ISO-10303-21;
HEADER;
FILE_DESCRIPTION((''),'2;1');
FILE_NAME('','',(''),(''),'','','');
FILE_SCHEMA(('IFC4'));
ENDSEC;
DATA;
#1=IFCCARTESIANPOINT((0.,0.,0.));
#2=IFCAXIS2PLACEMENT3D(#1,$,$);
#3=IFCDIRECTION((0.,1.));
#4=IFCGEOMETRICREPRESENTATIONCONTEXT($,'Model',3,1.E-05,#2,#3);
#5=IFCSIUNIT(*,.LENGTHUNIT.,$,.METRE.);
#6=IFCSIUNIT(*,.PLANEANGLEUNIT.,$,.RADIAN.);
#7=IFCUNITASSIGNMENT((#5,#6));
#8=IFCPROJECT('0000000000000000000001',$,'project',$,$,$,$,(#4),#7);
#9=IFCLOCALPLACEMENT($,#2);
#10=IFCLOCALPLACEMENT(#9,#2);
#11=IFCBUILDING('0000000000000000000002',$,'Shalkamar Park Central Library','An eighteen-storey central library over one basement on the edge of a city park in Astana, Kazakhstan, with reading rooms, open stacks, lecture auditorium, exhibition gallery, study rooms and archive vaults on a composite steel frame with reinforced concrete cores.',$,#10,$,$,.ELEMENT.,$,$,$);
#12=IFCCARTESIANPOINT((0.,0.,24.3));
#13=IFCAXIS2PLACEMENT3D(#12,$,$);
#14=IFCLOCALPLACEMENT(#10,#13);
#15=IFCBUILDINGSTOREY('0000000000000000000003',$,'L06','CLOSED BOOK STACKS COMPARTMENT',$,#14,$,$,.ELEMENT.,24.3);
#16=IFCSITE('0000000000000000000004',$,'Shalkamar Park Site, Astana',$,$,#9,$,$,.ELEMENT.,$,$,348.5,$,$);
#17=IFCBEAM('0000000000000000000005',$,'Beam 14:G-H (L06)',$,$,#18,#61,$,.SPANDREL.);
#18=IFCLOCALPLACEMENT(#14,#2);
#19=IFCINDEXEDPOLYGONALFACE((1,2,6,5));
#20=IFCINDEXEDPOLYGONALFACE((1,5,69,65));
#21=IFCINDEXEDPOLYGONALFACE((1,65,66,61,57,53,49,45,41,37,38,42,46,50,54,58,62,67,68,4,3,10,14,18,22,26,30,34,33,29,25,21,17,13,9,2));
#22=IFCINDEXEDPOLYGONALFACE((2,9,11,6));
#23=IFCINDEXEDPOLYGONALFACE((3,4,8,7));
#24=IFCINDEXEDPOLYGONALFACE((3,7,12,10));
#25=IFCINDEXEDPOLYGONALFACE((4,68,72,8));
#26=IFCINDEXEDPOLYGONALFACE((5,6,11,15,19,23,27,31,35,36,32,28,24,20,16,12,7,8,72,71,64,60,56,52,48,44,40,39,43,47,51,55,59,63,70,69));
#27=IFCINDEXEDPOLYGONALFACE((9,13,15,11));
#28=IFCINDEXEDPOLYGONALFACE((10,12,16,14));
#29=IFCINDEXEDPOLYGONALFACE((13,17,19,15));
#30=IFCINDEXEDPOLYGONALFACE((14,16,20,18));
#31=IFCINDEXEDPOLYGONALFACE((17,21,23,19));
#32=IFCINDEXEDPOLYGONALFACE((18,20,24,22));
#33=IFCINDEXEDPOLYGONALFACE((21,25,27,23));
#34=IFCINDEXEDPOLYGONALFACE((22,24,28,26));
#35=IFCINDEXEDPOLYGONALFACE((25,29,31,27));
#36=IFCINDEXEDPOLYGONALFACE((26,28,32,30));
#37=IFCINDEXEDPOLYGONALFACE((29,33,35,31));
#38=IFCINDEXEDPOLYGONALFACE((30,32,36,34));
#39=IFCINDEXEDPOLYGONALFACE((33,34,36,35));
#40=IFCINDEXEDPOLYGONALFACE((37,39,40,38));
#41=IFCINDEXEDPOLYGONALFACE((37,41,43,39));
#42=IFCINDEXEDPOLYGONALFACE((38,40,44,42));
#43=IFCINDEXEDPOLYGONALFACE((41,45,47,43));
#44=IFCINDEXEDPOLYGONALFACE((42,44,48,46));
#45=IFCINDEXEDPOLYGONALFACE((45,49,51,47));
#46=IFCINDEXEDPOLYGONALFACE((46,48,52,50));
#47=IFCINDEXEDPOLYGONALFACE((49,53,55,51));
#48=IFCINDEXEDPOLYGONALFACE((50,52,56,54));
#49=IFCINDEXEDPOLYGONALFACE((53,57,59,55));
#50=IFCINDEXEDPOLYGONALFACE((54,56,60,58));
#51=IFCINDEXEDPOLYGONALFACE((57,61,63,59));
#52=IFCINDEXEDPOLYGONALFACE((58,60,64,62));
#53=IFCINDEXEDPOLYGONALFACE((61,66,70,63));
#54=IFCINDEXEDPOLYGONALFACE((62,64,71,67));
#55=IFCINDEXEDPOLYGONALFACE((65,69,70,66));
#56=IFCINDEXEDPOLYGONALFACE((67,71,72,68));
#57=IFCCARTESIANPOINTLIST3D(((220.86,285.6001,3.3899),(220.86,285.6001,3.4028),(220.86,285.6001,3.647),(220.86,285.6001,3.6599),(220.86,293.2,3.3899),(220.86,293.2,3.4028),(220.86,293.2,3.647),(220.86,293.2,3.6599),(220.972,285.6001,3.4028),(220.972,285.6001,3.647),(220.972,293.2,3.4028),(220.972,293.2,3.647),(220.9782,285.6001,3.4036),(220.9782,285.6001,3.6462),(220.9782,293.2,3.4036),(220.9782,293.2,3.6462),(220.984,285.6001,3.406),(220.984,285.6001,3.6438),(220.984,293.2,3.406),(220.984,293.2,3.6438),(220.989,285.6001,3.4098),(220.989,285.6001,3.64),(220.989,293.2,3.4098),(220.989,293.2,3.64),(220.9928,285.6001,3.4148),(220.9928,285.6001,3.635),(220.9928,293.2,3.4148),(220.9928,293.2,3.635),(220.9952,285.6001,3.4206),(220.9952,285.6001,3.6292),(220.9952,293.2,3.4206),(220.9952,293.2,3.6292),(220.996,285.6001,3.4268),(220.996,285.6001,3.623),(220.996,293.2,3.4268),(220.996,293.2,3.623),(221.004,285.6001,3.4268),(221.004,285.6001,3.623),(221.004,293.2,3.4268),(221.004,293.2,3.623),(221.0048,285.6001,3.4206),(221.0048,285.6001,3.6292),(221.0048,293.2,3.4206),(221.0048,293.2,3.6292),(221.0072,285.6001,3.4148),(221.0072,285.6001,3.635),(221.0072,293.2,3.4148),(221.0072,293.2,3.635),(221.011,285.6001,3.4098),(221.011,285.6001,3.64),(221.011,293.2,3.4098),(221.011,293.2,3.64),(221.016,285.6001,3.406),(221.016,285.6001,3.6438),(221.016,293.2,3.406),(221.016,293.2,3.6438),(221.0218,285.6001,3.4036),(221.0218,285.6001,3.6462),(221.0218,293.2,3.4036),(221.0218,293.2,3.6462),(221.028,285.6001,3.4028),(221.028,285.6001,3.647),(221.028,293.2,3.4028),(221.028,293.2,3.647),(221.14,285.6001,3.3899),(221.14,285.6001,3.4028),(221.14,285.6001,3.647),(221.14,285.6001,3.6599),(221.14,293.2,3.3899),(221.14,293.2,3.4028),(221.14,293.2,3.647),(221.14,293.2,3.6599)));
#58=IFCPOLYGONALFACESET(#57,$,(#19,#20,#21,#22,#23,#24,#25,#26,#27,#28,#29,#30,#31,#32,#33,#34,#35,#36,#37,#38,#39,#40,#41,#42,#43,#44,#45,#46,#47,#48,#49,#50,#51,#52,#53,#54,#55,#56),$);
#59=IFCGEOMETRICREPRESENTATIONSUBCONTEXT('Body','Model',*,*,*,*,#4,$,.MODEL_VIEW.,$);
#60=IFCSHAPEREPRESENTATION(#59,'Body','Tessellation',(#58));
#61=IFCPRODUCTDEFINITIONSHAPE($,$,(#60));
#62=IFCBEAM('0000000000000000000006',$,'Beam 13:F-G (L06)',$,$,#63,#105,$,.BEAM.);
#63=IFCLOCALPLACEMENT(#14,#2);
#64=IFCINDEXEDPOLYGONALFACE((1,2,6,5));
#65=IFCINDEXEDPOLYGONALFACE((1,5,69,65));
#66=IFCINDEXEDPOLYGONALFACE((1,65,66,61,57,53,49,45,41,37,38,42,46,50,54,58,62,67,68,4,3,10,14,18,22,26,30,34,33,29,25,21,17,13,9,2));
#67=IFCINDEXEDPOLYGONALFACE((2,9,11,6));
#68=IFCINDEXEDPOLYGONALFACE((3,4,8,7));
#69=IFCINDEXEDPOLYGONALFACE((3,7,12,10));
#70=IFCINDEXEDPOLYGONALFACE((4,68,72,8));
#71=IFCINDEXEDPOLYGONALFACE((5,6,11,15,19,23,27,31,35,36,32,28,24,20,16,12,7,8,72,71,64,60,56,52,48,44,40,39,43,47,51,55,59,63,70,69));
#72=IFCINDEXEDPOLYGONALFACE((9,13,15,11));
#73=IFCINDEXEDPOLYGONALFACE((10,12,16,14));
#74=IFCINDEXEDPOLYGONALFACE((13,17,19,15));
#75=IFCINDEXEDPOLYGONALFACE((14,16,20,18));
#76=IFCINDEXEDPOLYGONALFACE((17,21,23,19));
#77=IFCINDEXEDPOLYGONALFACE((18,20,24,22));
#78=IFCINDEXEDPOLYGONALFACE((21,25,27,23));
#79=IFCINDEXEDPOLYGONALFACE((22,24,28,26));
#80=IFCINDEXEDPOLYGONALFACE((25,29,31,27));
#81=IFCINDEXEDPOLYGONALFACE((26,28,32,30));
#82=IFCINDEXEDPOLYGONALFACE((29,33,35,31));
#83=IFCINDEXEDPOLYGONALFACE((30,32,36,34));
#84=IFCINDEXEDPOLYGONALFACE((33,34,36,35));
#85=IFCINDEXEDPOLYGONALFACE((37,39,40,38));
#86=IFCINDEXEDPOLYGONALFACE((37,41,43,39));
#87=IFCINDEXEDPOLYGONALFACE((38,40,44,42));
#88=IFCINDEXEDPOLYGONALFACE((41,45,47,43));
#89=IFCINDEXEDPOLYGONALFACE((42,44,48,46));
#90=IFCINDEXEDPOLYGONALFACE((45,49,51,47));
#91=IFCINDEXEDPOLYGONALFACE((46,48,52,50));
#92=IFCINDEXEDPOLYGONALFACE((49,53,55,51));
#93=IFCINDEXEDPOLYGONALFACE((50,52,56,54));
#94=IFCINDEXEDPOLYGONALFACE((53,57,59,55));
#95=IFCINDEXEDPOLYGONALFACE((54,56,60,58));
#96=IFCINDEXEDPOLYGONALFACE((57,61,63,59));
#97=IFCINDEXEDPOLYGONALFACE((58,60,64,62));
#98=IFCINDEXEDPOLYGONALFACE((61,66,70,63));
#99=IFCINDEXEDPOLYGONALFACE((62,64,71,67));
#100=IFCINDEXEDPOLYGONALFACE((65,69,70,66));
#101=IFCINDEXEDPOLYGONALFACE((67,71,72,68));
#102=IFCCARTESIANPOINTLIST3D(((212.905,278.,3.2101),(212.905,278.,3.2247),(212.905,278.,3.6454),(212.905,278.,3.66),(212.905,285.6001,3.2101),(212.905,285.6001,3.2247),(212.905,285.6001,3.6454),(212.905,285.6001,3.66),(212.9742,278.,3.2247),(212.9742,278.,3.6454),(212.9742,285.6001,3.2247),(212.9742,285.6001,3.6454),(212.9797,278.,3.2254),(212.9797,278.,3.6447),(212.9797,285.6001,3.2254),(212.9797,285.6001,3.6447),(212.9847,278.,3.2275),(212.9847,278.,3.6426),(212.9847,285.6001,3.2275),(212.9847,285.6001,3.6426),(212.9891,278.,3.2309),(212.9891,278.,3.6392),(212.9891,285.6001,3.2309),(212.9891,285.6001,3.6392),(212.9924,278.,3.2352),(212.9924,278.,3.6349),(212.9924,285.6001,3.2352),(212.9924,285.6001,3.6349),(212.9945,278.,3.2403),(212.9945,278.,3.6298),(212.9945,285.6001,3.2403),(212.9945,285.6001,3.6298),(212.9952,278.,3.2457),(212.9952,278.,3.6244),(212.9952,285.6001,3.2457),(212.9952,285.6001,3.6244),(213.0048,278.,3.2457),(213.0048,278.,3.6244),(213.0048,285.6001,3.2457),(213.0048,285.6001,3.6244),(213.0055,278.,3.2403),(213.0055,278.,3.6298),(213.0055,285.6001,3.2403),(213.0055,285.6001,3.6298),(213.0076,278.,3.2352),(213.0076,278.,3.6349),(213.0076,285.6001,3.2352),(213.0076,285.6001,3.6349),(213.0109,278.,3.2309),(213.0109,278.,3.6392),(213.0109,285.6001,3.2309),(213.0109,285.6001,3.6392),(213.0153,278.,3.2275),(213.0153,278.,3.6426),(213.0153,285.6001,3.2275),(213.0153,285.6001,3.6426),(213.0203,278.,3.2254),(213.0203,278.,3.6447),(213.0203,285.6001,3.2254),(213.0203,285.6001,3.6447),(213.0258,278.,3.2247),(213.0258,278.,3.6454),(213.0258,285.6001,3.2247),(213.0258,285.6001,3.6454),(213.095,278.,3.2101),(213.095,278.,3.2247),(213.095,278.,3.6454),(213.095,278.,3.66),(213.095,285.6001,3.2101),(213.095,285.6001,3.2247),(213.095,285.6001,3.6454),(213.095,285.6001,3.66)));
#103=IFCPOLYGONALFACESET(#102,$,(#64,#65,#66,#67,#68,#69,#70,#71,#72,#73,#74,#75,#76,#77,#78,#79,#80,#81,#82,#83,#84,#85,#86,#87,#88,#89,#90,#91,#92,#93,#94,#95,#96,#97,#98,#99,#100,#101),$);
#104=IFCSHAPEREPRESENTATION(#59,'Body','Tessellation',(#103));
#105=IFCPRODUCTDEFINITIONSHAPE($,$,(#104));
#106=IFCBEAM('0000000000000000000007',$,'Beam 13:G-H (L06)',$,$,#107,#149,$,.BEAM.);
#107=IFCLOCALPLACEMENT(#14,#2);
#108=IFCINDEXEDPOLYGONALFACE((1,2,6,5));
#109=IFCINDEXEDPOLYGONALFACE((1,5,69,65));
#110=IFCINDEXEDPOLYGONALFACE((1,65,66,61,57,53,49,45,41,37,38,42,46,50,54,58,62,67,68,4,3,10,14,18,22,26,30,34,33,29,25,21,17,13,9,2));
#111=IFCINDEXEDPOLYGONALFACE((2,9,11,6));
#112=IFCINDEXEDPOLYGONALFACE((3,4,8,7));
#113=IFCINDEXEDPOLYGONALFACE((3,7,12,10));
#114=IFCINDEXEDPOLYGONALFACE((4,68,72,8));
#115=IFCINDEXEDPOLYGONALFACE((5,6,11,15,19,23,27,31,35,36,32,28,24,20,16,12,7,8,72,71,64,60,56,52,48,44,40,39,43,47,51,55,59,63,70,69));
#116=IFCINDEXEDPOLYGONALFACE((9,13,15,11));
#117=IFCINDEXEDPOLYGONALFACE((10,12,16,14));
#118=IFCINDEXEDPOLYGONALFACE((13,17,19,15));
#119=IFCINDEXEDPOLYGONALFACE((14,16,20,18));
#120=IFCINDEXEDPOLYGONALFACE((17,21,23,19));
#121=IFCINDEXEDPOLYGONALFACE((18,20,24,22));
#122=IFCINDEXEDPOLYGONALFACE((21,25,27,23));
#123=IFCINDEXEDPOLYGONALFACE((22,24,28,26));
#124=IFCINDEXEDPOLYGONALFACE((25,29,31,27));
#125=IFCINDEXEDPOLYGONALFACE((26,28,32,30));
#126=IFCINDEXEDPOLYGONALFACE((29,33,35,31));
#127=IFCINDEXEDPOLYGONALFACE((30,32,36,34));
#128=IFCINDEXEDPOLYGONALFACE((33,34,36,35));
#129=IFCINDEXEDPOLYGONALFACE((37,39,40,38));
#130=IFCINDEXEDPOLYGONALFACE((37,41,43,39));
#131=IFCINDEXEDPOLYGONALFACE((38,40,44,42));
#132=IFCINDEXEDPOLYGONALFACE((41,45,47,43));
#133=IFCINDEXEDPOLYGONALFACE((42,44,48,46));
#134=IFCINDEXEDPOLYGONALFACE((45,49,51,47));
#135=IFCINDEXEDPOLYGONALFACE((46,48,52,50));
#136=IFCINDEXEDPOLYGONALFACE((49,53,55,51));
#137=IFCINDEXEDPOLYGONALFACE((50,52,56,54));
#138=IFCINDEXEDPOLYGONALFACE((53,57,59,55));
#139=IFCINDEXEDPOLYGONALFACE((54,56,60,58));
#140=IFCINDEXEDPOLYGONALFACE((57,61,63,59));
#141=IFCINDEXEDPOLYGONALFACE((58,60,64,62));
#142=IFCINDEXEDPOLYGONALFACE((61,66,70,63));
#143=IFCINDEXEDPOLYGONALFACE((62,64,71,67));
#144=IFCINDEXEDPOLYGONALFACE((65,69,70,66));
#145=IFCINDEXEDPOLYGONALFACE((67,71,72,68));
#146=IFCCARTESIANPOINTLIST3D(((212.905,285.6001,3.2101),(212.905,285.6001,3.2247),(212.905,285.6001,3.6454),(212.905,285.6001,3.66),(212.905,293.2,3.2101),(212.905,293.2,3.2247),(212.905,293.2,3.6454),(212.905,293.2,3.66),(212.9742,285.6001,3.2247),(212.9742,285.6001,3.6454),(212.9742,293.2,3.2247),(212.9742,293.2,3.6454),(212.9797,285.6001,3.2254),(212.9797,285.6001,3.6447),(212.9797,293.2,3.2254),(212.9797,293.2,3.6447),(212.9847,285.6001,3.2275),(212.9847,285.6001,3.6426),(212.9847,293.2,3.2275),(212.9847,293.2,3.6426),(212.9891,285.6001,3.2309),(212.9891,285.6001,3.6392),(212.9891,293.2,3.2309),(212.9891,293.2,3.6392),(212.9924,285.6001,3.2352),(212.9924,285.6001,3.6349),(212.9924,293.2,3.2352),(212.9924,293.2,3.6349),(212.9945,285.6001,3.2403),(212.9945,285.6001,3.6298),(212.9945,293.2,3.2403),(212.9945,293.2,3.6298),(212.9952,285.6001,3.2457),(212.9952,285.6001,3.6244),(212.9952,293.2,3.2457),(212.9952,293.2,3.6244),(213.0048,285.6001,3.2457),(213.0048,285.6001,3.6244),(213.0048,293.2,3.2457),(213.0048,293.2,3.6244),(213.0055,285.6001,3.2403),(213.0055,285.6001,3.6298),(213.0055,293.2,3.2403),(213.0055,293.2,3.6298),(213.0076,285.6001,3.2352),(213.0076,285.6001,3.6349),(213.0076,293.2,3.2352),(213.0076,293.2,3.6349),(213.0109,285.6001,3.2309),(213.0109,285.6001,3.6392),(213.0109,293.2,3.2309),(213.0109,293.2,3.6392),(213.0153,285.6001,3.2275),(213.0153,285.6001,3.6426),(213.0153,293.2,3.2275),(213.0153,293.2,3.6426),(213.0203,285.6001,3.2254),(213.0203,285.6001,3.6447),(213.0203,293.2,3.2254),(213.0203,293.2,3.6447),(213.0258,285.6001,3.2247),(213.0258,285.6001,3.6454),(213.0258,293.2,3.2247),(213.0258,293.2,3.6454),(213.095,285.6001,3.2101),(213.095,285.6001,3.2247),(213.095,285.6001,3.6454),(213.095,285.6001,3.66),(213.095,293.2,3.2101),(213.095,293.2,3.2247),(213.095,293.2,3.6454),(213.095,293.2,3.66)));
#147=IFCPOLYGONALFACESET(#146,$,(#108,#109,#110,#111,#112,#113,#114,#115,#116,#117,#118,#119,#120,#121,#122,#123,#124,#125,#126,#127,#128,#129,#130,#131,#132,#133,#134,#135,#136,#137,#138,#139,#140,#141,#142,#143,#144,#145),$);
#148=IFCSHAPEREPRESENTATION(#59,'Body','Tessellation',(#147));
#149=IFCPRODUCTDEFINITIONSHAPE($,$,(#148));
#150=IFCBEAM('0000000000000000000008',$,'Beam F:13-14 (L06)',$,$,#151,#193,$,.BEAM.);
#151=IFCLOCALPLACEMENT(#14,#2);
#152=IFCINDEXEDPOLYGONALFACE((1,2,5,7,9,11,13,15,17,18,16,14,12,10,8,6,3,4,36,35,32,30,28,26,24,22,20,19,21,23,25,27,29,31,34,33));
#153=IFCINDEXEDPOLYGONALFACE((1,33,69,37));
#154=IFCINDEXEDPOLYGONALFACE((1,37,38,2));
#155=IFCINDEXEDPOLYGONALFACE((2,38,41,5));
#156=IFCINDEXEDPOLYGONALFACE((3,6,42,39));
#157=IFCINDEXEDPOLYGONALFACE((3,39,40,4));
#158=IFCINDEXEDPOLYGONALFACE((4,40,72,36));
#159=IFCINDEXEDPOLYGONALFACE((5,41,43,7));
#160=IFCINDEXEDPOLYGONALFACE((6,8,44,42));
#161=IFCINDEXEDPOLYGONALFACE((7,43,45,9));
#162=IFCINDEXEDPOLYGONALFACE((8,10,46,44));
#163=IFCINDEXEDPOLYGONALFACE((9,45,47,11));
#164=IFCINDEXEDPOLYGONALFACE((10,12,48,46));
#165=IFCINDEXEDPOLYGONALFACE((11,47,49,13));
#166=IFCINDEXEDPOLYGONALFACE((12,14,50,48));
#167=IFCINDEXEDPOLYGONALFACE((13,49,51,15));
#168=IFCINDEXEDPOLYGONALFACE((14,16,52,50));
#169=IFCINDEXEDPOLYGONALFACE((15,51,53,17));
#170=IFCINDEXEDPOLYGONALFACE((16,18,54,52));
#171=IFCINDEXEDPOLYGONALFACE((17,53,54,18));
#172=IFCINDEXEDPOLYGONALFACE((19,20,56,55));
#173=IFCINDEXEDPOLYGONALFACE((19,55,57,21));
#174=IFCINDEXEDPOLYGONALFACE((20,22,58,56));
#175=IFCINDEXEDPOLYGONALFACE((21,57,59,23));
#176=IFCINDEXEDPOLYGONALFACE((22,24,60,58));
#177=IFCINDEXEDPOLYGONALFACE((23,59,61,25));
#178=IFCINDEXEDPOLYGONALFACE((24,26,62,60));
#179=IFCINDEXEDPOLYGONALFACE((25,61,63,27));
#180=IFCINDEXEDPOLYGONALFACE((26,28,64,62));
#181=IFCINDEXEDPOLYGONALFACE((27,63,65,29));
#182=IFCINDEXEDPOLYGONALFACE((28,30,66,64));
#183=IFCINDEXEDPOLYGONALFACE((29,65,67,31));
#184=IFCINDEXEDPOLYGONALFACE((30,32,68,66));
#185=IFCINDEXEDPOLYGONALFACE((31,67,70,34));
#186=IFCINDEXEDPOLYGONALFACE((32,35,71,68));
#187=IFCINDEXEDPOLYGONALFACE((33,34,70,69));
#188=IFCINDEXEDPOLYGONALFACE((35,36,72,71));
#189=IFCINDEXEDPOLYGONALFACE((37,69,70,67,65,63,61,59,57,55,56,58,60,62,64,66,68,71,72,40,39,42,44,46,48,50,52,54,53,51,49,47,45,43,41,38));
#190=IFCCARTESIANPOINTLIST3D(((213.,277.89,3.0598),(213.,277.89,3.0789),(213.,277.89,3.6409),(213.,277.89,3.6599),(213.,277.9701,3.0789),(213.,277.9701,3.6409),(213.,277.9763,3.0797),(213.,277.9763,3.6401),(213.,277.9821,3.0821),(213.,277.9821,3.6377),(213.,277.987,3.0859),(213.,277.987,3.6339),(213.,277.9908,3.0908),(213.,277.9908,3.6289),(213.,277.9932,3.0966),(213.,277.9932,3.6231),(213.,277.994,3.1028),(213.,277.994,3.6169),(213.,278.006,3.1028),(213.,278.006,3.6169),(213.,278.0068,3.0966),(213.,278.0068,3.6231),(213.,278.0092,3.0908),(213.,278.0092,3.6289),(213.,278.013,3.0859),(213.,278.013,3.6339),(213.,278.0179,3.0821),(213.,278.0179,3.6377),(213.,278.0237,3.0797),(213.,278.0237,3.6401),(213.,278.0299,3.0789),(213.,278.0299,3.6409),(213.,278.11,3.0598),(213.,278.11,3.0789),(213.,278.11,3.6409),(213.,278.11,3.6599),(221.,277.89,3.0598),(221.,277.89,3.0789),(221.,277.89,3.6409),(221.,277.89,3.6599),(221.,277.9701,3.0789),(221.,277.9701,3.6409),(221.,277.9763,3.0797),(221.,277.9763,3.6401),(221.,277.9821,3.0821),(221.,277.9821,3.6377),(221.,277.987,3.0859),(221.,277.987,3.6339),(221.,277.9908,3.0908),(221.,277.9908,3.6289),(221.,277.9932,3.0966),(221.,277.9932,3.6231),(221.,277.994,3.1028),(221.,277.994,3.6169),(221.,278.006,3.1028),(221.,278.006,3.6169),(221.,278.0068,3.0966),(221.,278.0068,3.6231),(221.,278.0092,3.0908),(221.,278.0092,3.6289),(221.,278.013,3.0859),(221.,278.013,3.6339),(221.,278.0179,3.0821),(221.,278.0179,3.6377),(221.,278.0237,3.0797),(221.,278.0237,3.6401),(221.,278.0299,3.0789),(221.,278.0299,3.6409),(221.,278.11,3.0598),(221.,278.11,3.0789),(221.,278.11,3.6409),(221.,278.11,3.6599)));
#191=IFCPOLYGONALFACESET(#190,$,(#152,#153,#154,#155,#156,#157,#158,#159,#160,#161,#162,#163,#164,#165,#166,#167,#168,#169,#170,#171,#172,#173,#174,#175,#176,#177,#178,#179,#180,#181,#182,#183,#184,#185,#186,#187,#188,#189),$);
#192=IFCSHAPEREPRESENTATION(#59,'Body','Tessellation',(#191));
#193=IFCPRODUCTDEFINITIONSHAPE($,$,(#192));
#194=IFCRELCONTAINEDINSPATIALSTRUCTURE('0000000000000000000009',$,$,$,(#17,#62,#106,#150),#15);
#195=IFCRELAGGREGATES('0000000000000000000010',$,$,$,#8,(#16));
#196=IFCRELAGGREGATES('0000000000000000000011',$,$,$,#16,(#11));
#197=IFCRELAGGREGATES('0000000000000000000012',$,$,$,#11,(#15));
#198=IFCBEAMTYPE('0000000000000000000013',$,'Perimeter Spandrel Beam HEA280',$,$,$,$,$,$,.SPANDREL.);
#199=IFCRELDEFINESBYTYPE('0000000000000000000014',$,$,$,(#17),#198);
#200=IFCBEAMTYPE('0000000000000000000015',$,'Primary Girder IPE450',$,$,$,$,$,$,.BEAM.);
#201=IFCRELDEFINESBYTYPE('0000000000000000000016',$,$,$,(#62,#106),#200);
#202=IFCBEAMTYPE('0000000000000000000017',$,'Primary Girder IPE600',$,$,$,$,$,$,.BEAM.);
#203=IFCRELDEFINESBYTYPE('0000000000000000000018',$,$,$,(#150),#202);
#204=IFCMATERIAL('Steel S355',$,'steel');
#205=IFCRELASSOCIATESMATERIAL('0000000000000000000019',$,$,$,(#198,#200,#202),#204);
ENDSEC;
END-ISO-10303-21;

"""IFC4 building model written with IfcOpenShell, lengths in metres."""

from ifc_helpers import new_model, si_unit, direction, frame, origin, origin_2d, place, context, subcontext, project, spatial, i_section, extrude, material, material_profile, profile_set, type_object, element, save


model = new_model("IFC4")

# Units and contexts
model_context = context("Model", 3, precision=1e-05, world=origin(), true_north=direction((0.0, 1.0)))
body_context = subcontext(model_context, "Body", "Model", "MODEL_VIEW")
ifc_project = project(units=[si_unit("LENGTHUNIT", "METRE"), si_unit("PLANEANGLEUNIT", "RADIAN")], contexts=[model_context])

# Site, building, storey
site_placement = place(None, origin())
site = spatial("IfcSite", under=ifc_project, at=site_placement, Name="Shalkamar Park Site, Astana", CompositionType="ELEMENT", RefElevation=348.5)
building_placement = place(site_placement, origin())
building = spatial("IfcBuilding", under=site, at=building_placement, Name="Shalkamar Park Central Library", Description="An eighteen-storey central library over one basement on the edge of a city park in Astana, Kazakhstan, with reading rooms, open stacks, lecture auditorium, exhibition gallery, study rooms and archive vaults on a composite steel frame with reinforced concrete cores.", CompositionType="ELEMENT")
storey_placement = place(building_placement, frame((0.0, 0.0, 24.3)))
storey = spatial("IfcBuildingStorey", under=building, at=storey_placement, Name="L06", Description="CLOSED BOOK STACKS COMPARTMENT", CompositionType="ELEMENT", Elevation=24.3)

# Shared definitions
ifc_material_1 = material(Name="Steel S355", Category="steel")

# Beams
ifc_material_profile_1 = material_profile(ifc_material_1, i_section(OverallWidth=0.28, OverallDepth=0.27, WebThickness=0.0081, FlangeThickness=0.0129, FilletRadius=0.0239, at=origin_2d()), Name="HEA 280")
ifc_profile_set_1 = profile_set([ifc_material_profile_1], Name="Steel S355")
beam_type_1 = type_object("IfcBeamType", Name="Perimeter Spandrel Beam HEA280", PredefinedType="SPANDREL", material=ifc_profile_set_1)
beam_1_placement = place(storey_placement, frame((221.0, 285.6001, 3.5249), z_axis=(0.0, 1.0, 0.0), x_axis=(-1.0, 0.0, 0.0)))
element("IfcBeam", 1, at=beam_1_placement, inside=storey, type_object=beam_type_1, Name="Beam 14:G-H (L06)", PredefinedType="SPANDREL", context=body_context, shape_type="SweptSolid", body=[
    extrude(i_section(OverallWidth=0.28, OverallDepth=0.27, WebThickness=0.0081, FlangeThickness=0.0129, FilletRadius=0.0239, at=origin_2d()), origin(), (0.0, 0.0, 1.0), 7.5999),
])
ifc_material_profile_2 = material_profile(ifc_material_1, i_section(OverallWidth=0.1899, OverallDepth=0.45, WebThickness=0.0095, FlangeThickness=0.0146, FilletRadius=0.021, at=origin_2d()), Name="IPE 450")
ifc_profile_set_2 = profile_set([ifc_material_profile_2], Name="Steel S355")
beam_type_2 = type_object("IfcBeamType", Name="Primary Girder IPE450", PredefinedType="BEAM", material=ifc_profile_set_2)
beam_2_placement = place(storey_placement, frame((213.0, 278.0, 3.4351), z_axis=(0.0, 1.0, 0.0), x_axis=(-1.0, 0.0, 0.0)))
element("IfcBeam", 2, at=beam_2_placement, inside=storey, type_object=beam_type_2, Name="Beam 13:F-G (L06)", PredefinedType="BEAM", context=body_context, shape_type="SweptSolid", body=[
    extrude(i_section(OverallWidth=0.1899, OverallDepth=0.45, WebThickness=0.0095, FlangeThickness=0.0146, FilletRadius=0.021, at=origin_2d()), origin(), (0.0, 0.0, 1.0), 7.6001),
])
beam_3_placement = place(storey_placement, frame((213.0, 285.6001, 3.4351), z_axis=(0.0, 1.0, 0.0), x_axis=(-1.0, 0.0, 0.0)))
element("IfcBeam", 3, at=beam_3_placement, inside=storey, type_object=beam_type_2, Name="Beam 13:G-H (L06)", PredefinedType="BEAM", context=body_context, shape_type="SweptSolid", body=[
    extrude(i_section(OverallWidth=0.1899, OverallDepth=0.45, WebThickness=0.0095, FlangeThickness=0.0146, FilletRadius=0.021, at=origin_2d()), origin(), (0.0, 0.0, 1.0), 7.5999),
])
ifc_material_profile_3 = material_profile(ifc_material_1, i_section(OverallWidth=0.22, OverallDepth=0.6001, WebThickness=0.012, FlangeThickness=0.019, FilletRadius=0.0239, at=origin_2d()), Name="IPE 600")
ifc_profile_set_3 = profile_set([ifc_material_profile_3], Name="Steel S355")
beam_type_3 = type_object("IfcBeamType", Name="Primary Girder IPE600", PredefinedType="BEAM", material=ifc_profile_set_3)
for number, where, z_axis, x_axis, name in (
    (4, (213.0, 278.0, 3.3599), (1.0, 0.0, 0.0), (0.0, 1.0, 0.0), "Beam F:13-14 (L06)"),
):
    element("IfcBeam", number, at=place(storey_placement, frame(where, z_axis=z_axis, x_axis=x_axis)), inside=storey, type_object=beam_type_3, Name=name, PredefinedType="BEAM", context=body_context, shape_type="SweptSolid", body=[
        extrude(i_section(OverallWidth=0.22, OverallDepth=0.6001, WebThickness=0.012, FlangeThickness=0.019, FilletRadius=0.0239, at=origin_2d()), origin(), (0.0, 0.0, 1.0), 8.0),
    ])

save(model, "model.ifc")
